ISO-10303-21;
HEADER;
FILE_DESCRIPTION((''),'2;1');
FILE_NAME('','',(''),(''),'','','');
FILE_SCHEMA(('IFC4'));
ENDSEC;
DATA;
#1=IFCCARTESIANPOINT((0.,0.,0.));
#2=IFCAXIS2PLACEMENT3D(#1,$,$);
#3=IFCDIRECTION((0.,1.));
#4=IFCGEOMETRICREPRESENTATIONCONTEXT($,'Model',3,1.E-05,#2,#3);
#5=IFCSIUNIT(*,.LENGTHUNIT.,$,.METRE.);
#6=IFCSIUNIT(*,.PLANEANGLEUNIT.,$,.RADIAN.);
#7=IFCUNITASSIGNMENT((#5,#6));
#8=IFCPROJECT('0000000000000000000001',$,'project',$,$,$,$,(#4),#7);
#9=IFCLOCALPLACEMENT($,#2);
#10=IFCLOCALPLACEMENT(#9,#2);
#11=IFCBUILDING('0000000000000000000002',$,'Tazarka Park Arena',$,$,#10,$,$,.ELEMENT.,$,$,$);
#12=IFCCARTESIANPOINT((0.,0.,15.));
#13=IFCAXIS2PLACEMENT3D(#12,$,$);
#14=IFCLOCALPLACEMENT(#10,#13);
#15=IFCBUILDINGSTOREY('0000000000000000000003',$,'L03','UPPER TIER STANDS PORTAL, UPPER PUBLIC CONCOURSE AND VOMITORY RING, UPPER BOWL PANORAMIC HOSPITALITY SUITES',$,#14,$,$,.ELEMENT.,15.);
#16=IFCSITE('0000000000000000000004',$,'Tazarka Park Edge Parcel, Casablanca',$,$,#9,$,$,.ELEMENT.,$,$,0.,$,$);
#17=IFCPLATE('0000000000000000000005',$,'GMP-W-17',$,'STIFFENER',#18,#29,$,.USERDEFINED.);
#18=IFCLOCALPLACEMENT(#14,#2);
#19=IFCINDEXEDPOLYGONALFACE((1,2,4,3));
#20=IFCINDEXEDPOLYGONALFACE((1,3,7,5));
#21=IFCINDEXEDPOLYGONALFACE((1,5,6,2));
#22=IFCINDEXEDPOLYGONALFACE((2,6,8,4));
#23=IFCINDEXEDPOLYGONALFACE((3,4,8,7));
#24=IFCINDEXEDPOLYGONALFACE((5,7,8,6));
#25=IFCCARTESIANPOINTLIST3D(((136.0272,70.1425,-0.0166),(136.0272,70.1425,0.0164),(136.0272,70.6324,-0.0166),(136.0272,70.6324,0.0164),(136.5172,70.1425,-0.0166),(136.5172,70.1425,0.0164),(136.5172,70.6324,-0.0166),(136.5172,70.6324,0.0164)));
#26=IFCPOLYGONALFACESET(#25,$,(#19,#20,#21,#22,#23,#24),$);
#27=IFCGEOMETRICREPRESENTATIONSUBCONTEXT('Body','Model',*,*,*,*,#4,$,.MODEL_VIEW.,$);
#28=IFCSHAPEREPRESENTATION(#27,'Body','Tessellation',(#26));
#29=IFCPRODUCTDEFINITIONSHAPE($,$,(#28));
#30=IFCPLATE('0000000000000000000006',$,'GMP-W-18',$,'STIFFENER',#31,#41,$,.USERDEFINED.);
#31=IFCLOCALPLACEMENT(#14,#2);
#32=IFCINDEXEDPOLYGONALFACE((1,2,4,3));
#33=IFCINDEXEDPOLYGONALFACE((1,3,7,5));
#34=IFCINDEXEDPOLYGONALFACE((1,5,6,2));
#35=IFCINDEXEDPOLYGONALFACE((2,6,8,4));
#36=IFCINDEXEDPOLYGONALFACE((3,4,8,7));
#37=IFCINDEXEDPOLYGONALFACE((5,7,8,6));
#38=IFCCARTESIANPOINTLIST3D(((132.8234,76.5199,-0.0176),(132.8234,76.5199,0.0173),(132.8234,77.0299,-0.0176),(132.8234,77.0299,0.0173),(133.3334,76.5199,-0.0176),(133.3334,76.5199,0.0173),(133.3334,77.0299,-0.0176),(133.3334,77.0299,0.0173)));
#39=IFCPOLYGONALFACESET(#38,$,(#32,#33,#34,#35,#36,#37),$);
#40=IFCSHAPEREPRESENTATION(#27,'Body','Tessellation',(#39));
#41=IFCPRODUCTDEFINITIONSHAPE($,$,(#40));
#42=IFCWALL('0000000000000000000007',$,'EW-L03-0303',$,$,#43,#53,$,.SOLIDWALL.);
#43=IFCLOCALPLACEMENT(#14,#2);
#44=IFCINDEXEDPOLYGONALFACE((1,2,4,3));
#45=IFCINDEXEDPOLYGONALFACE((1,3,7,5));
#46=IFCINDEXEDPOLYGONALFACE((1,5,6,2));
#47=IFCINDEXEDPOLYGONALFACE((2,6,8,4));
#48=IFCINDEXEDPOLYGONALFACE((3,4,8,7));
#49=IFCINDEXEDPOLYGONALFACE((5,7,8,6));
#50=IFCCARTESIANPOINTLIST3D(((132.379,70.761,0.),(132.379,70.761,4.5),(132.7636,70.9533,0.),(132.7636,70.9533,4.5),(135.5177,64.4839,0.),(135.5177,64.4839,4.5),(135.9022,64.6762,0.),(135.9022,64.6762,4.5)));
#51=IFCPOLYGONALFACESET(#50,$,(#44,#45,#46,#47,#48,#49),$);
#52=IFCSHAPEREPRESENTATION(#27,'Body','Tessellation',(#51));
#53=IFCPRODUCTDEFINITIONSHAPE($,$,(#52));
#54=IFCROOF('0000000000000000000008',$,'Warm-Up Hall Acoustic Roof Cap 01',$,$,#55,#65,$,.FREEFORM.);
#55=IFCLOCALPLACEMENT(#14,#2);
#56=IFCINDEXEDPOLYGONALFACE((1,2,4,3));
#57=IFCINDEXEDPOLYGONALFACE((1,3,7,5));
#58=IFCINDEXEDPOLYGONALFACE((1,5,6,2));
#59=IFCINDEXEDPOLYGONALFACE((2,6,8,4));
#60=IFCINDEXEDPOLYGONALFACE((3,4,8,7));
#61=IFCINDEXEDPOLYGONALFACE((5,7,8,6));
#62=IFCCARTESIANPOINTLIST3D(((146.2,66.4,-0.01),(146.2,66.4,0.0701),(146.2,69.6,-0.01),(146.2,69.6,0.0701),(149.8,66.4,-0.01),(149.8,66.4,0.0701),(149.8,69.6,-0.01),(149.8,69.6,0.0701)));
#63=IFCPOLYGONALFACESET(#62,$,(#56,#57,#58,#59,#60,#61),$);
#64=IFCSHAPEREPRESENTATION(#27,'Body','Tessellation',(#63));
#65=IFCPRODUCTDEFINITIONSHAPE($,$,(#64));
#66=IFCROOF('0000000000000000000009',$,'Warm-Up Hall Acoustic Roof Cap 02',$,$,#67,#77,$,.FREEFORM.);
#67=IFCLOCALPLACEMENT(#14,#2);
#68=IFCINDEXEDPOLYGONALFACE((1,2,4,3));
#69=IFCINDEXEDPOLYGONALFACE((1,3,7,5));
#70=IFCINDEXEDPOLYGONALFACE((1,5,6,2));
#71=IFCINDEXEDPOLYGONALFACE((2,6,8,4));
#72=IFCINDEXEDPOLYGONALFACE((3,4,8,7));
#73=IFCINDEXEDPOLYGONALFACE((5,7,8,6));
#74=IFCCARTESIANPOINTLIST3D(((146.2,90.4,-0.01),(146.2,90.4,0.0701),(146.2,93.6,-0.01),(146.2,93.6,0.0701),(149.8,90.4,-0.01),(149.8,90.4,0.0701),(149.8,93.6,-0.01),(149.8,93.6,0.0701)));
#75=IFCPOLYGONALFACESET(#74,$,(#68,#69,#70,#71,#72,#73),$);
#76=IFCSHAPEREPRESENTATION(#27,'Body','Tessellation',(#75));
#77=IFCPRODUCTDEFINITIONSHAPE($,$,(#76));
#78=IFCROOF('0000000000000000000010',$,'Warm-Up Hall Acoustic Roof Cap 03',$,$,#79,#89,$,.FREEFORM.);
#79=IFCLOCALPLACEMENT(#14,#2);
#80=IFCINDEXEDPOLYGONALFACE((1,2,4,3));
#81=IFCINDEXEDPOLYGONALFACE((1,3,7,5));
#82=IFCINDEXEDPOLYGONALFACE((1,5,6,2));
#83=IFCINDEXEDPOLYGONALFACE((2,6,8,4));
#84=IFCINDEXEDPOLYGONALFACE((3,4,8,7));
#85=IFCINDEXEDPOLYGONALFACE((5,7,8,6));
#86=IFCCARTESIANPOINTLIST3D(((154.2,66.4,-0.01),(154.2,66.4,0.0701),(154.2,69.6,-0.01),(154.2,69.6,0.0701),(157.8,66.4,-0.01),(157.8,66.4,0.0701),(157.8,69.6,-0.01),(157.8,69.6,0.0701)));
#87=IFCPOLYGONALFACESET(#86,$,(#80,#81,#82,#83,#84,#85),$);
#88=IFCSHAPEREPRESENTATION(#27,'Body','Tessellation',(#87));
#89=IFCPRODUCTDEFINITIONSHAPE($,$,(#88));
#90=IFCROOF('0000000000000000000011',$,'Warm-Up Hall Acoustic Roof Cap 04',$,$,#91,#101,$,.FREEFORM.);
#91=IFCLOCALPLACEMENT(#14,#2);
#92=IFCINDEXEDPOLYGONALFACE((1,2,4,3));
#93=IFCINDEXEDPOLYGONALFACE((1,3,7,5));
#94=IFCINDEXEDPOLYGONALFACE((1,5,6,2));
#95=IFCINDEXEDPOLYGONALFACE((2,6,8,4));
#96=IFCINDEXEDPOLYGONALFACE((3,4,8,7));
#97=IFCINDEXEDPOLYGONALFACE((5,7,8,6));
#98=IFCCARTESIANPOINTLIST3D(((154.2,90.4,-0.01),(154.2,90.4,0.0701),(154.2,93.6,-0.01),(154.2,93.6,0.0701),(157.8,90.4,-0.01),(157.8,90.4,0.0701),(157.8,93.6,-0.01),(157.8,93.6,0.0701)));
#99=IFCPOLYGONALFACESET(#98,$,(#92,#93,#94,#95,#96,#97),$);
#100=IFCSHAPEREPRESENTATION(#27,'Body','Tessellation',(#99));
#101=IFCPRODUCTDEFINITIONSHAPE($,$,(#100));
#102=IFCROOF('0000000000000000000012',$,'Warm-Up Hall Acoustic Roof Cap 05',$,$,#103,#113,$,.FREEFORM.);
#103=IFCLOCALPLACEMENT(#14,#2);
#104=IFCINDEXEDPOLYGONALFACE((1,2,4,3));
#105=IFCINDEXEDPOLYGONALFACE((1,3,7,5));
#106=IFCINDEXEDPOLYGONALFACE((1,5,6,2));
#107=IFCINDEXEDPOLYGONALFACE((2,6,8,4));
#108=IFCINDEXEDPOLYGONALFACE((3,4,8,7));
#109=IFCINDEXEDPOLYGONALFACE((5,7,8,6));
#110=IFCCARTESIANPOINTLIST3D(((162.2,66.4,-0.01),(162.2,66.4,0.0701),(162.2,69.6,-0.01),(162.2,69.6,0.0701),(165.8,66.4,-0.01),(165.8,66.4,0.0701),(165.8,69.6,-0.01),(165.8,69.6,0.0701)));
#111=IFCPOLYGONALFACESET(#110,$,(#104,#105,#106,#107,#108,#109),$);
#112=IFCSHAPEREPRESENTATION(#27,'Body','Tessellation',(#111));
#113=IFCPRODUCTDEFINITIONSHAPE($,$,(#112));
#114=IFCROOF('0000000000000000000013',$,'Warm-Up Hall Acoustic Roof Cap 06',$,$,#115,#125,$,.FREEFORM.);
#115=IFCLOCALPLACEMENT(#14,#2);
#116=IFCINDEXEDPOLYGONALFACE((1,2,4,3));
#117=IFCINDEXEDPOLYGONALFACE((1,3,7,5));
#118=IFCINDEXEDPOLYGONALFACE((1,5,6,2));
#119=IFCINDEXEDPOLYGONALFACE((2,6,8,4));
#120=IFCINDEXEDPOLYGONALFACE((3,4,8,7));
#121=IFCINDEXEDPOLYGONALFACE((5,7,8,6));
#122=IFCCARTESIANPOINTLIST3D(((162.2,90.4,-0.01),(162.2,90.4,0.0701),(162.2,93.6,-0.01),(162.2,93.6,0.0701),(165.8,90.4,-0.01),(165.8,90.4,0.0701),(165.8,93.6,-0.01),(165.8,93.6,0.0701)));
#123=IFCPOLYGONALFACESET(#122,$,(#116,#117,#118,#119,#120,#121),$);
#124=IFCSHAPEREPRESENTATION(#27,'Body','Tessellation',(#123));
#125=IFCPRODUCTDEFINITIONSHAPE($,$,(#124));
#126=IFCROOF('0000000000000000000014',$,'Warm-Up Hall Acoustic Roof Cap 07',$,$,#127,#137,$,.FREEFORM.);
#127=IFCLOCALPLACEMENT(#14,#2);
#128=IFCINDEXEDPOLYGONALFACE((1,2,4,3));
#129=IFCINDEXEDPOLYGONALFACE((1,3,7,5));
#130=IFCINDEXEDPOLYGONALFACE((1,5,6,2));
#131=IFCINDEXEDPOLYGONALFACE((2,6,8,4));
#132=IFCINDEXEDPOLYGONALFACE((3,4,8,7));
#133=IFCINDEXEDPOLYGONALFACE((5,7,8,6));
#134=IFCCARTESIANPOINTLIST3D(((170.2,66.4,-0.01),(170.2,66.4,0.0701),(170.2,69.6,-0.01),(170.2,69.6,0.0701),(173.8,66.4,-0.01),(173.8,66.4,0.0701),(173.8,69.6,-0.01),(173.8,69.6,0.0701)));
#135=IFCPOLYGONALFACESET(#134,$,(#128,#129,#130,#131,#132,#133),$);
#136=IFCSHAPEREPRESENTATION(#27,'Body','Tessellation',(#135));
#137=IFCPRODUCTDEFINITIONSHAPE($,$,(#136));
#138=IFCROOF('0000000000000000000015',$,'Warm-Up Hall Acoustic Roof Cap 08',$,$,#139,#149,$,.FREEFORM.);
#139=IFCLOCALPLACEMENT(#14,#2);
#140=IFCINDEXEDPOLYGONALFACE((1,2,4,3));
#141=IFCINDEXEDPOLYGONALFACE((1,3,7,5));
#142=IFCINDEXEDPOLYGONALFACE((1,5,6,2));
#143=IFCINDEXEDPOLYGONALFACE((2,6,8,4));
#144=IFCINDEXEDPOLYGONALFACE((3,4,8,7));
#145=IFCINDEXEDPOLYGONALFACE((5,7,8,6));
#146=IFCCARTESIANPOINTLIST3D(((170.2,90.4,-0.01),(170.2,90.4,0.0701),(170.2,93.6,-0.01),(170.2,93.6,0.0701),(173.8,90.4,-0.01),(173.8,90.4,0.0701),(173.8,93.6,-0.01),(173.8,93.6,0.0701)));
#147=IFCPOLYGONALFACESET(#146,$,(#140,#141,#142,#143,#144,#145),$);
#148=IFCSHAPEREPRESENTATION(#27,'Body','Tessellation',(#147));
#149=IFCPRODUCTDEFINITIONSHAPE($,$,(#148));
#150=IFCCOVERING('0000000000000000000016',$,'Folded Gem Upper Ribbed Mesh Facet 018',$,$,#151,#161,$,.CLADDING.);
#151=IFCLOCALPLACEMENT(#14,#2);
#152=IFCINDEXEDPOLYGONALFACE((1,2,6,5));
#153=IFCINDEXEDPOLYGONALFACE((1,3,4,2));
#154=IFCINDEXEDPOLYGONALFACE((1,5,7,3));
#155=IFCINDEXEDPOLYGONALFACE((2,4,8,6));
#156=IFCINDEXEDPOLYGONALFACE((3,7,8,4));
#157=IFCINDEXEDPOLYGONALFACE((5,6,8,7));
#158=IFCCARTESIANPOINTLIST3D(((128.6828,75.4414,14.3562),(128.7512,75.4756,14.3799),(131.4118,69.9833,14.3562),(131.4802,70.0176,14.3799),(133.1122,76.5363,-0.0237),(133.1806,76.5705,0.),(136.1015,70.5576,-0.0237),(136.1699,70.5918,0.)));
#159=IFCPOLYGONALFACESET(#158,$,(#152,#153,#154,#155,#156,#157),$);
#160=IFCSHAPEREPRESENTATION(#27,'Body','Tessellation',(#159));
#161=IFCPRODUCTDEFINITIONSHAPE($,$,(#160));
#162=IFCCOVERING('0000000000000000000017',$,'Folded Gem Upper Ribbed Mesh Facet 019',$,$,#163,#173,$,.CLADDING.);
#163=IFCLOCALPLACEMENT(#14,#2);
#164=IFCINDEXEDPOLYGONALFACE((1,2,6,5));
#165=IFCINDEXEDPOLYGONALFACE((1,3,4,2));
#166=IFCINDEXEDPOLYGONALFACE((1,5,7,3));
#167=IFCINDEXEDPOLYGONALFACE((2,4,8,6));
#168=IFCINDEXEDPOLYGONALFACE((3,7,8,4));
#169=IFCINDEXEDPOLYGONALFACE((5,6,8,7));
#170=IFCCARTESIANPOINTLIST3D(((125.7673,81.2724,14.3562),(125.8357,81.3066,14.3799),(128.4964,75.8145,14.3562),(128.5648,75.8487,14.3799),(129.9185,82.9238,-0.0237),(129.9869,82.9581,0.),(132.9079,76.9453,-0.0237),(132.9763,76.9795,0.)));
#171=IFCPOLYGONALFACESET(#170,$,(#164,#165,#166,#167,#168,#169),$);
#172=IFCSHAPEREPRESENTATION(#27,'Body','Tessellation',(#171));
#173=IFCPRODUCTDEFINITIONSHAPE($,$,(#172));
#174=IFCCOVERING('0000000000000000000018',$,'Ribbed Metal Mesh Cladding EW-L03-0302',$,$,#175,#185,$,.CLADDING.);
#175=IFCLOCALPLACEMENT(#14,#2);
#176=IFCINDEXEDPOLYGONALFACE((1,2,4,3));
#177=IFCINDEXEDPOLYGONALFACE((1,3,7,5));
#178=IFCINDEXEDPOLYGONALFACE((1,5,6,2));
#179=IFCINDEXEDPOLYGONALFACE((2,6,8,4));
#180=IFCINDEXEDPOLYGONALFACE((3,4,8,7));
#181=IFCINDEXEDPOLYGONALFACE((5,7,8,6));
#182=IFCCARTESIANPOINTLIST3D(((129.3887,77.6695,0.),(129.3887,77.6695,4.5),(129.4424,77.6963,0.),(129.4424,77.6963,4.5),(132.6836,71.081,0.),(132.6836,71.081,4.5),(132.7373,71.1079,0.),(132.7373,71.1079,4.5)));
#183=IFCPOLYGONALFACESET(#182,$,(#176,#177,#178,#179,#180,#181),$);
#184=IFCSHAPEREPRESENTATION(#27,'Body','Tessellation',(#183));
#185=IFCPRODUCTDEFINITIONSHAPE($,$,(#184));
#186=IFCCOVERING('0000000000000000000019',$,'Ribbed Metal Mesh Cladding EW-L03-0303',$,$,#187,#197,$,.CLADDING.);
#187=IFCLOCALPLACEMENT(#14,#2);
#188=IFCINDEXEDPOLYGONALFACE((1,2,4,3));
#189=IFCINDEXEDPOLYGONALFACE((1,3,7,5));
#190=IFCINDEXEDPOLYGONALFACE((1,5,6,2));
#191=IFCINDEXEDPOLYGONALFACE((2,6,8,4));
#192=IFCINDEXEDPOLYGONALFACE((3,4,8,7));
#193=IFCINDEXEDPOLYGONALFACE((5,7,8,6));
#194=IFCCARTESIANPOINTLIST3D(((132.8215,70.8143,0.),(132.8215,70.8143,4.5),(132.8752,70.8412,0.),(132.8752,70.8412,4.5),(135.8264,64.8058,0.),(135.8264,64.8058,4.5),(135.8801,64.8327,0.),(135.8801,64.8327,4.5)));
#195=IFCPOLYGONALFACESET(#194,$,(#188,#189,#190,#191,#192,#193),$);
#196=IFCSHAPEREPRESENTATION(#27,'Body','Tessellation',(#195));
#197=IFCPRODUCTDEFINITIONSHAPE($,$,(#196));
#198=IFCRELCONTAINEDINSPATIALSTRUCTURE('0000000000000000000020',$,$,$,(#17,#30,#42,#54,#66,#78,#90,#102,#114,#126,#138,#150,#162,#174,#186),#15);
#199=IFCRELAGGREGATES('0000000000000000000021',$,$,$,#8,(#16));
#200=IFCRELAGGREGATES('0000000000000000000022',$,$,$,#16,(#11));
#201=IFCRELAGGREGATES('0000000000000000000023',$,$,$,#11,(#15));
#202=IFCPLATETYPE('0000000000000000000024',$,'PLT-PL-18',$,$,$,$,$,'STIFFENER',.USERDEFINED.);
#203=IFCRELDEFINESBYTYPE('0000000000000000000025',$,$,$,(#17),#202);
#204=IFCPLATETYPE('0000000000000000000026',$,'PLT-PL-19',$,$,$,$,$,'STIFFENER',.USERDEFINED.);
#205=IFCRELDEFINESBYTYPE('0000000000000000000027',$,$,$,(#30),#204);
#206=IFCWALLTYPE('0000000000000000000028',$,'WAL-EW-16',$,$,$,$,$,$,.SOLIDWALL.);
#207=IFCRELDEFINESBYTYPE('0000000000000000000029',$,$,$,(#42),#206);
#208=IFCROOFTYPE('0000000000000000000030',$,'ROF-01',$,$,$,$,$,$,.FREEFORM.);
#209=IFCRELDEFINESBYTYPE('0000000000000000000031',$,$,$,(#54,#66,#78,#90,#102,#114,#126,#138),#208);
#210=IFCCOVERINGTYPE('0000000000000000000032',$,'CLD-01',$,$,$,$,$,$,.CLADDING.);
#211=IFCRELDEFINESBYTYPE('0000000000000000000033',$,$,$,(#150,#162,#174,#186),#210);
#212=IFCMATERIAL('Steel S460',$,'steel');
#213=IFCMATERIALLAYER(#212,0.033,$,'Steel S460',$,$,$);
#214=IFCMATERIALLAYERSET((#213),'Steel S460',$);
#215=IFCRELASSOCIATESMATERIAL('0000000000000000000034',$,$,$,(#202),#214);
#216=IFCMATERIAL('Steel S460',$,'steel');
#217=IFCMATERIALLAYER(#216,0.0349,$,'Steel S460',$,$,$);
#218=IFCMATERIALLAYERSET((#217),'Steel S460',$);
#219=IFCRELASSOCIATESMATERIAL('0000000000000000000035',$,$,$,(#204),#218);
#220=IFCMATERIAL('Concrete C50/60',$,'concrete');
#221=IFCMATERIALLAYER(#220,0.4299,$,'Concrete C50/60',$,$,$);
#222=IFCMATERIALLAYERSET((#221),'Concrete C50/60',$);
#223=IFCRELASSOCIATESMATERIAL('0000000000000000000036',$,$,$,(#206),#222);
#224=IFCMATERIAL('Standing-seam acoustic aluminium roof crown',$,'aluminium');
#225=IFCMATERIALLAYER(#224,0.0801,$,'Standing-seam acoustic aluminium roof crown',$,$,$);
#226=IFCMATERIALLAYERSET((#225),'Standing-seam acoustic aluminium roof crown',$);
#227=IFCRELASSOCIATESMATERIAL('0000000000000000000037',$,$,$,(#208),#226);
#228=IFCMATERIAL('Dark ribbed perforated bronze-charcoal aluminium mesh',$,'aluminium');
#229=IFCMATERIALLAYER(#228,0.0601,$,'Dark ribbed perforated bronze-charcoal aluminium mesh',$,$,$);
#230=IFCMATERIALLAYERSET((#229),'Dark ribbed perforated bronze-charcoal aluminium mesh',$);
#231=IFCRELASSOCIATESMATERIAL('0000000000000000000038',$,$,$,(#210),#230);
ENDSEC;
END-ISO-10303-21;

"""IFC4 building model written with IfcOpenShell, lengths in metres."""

from ifc_helpers import new_model, si_unit, direction, frame, frame_2d, origin, origin_2d, place, context, subcontext, project, spatial, polyline, rectangle, outline, extrude, material, layer, layer_set, type_object, element, save


model = new_model("IFC4")

# Units and contexts
model_context = context("Model", 3, precision=1e-05, world=origin(), true_north=direction((0.0, 1.0)))
body_context = subcontext(model_context, "Body", "Model", "MODEL_VIEW")
ifc_project = project(units=[si_unit("LENGTHUNIT", "METRE"), si_unit("PLANEANGLEUNIT", "RADIAN")], contexts=[model_context])

# Site, building, storey
site_placement = place(None, origin())
site = spatial("IfcSite", under=ifc_project, at=site_placement, Name="Tazarka Park Edge Parcel, Casablanca", CompositionType="ELEMENT", RefElevation=0.0)
building_placement = place(site_placement, origin())
building = spatial("IfcBuilding", under=site, at=building_placement, Name="Tazarka Park Arena", CompositionType="ELEMENT")
storey_placement = place(building_placement, frame((0.0, 0.0, 15.0)))
storey = spatial("IfcBuildingStorey", under=building, at=storey_placement, Name="L03", Description="UPPER TIER STANDS PORTAL, UPPER PUBLIC CONCOURSE AND VOMITORY RING, UPPER BOWL PANORAMIC HOSPITALITY SUITES", CompositionType="ELEMENT", Elevation=15.0)

# Plates
ifc_material_1 = material(Name="Steel S460", Category="steel")
ifc_layer_1 = layer(ifc_material_1, 0.033, Name="Steel S460")
ifc_layer_set_1 = layer_set([ifc_layer_1], Name="Steel S460")
plate_type_1 = type_object("IfcPlateType", Name="PLT-PL-18", ElementType="STIFFENER", PredefinedType="USERDEFINED", material=ifc_layer_set_1)
plate_1_placement = place(storey_placement, frame((136.2722, 70.3875, -0.0166), z_axis=(0.0, 0.0, 1.0), x_axis=(1.0, 0.0, 0.0)))
element("IfcPlate", 1, at=plate_1_placement, inside=storey, type_object=plate_type_1, Name="GMP-W-17", ObjectType="STIFFENER", PredefinedType="USERDEFINED", context=body_context, shape_type="SweptSolid", body=[
    extrude(rectangle(XDim=0.49, YDim=0.49, at=origin_2d()), origin(), (0.0, 0.0, 1.0), 0.033),
])
ifc_material_2 = material(Name="Steel S460", Category="steel")
ifc_layer_2 = layer(ifc_material_2, 0.0349, Name="Steel S460")
ifc_layer_set_2 = layer_set([ifc_layer_2], Name="Steel S460")
plate_type_2 = type_object("IfcPlateType", Name="PLT-PL-19", ElementType="STIFFENER", PredefinedType="USERDEFINED", material=ifc_layer_set_2)
plate_2_placement = place(storey_placement, frame((133.0784, 76.7749, -0.0176), z_axis=(0.0, 0.0, 1.0), x_axis=(1.0, 0.0, 0.0)))
element("IfcPlate", 2, at=plate_2_placement, inside=storey, type_object=plate_type_2, Name="GMP-W-18", ObjectType="STIFFENER", PredefinedType="USERDEFINED", context=body_context, shape_type="SweptSolid", body=[
    extrude(rectangle(XDim=0.51, YDim=0.51, at=origin_2d()), origin(), (0.0, 0.0, 1.0), 0.0349),
])

# Wall
ifc_material_3 = material(Name="Concrete C50/60", Category="concrete")
ifc_layer_3 = layer(ifc_material_3, 0.4299, Name="Concrete C50/60")
ifc_layer_set_3 = layer_set([ifc_layer_3], Name="Concrete C50/60")
wall_type = type_object("IfcWallType", Name="WAL-EW-16", PredefinedType="SOLIDWALL", material=ifc_layer_set_3)
wall_placement = place(storey_placement, frame((132.5713, 70.8572, 0.0), z_axis=(0.0, 0.0, 1.0), x_axis=(0.447228, -0.89442, 0.0)))
element("IfcWall", 3, at=wall_placement, inside=storey, type_object=wall_type, Name="EW-L03-0303", PredefinedType="SOLIDWALL", context=body_context, shape_type="SweptSolid", body=[
    extrude(rectangle(XDim=7.0181, YDim=0.4299, at=frame_2d((3.509, 0.0))), origin(), (0.0, 0.0, 1.0), 4.5),
])

# Roofs
ifc_material_4 = material(Name="Standing-seam acoustic aluminium roof crown", Category="aluminium")
ifc_layer_4 = layer(ifc_material_4, 0.0801, Name="Standing-seam acoustic aluminium roof crown")
ifc_layer_set_4 = layer_set([ifc_layer_4], Name="Standing-seam acoustic aluminium roof crown")
roof_type = type_object("IfcRoofType", Name="ROF-01", PredefinedType="FREEFORM", material=ifc_layer_set_4)
for number, where, z_axis, x_axis, name in (
    (4, (148.0, 68.0, -0.01), (0.0, 0.0, 1.0), (1.0, 0.0, 0.0), "Warm-Up Hall Acoustic Roof Cap 01"),
    (5, (148.0, 92.0, -0.01), (0.0, 0.0, 1.0), (1.0, 0.0, 0.0), "Warm-Up Hall Acoustic Roof Cap 02"),
    (6, (156.0, 68.0, -0.01), (0.0, 0.0, 1.0), (1.0, 0.0, 0.0), "Warm-Up Hall Acoustic Roof Cap 03"),
    (7, (156.0, 92.0, -0.01), (0.0, 0.0, 1.0), (1.0, 0.0, 0.0), "Warm-Up Hall Acoustic Roof Cap 04"),
    (8, (164.0, 68.0, -0.01), (0.0, 0.0, 1.0), (1.0, 0.0, 0.0), "Warm-Up Hall Acoustic Roof Cap 05"),
    (9, (164.0, 92.0, -0.01), (0.0, 0.0, 1.0), (1.0, 0.0, 0.0), "Warm-Up Hall Acoustic Roof Cap 06"),
    (10, (172.0, 68.0, -0.01), (0.0, 0.0, 1.0), (1.0, 0.0, 0.0), "Warm-Up Hall Acoustic Roof Cap 07"),
    (11, (172.0, 92.0, -0.01), (0.0, 0.0, 1.0), (1.0, 0.0, 0.0), "Warm-Up Hall Acoustic Roof Cap 08"),
):
    element("IfcRoof", number, at=place(storey_placement, frame(where, z_axis=z_axis, x_axis=x_axis)), inside=storey, type_object=roof_type, Name=name, PredefinedType="FREEFORM", context=body_context, shape_type="SweptSolid", body=[
        extrude(rectangle(XDim=3.6001, YDim=3.2, at=origin_2d()), origin(), (0.0, 0.0, 1.0), 0.0801),
    ])

# Coverings
ifc_material_5 = material(Name="Dark ribbed perforated bronze-charcoal aluminium mesh", Category="aluminium")
ifc_layer_5 = layer(ifc_material_5, 0.0601, Name="Dark ribbed perforated bronze-charcoal aluminium mesh")
ifc_layer_set_5 = layer_set([ifc_layer_5], Name="Dark ribbed perforated bronze-charcoal aluminium mesh")
covering_type_1 = type_object("IfcCoveringType", Name="CLD-01", PredefinedType="CLADDING", material=ifc_layer_set_5)
covering_1_placement = place(storey_placement, frame((136.1699, 70.5918, 0.0), z_axis=(0.854428, 0.427205, 0.295717), x_axis=(-0.447205, 0.894431, -0.000002)))
element("IfcCovering", 12, at=covering_1_placement, inside=storey, type_object=covering_type_1, Name="Folded Gem Upper Ribbed Mesh Facet 018", PredefinedType="CLADDING", context=body_context, shape_type="SweptSolid", body=[
    extrude(outline(polyline([(0.0, 0.0), (6.6844, 0.0), (7.6859, 15.0531), (1.5836, 15.0531), (0.0, 0.0)])), origin(), (0.0, 0.0, -1.0), 0.0801),
])
covering_2_placement = place(storey_placement, frame((132.9763, 76.9795, 0.0), z_axis=(0.854417, 0.427227, 0.295718), x_axis=(-0.44723, 0.894419, 0.000004)))
element("IfcCovering", 13, at=covering_2_placement, inside=storey, type_object=covering_type_1, Name="Folded Gem Upper Ribbed Mesh Facet 019", PredefinedType="CLADDING", context=body_context, shape_type="SweptSolid", body=[
    extrude(outline(polyline([(0.0, 0.0), (6.6843, 0.0), (7.0638, 15.0531), (0.9616, 15.0532), (0.0, 0.0)])), origin(), (0.0, 0.0, -1.0), 0.0801),
])
covering_3_placement = place(storey_placement, frame((131.063, 74.3887, 0.0), z_axis=(0.0, 0.0, 1.0), x_axis=(0.447291, -0.894389, 0.0)))
element("IfcCovering", 14, at=covering_3_placement, inside=storey, type_object=covering_type_1, Name="Ribbed Metal Mesh Cladding EW-L03-0302", PredefinedType="CLADDING", context=body_context, shape_type="SweptSolid", body=[
    extrude(rectangle(XDim=7.3665, YDim=0.0601, at=origin_2d()), origin(), (0.0, 0.0, 1.0), 4.5),
])
covering_4_placement = place(storey_placement, frame((134.3508, 67.8235, 0.0), z_axis=(0.0, 0.0, 1.0), x_axis=(0.447291, -0.894389, 0.0)))
element("IfcCovering", 15, at=covering_4_placement, inside=storey, type_object=covering_type_1, Name="Ribbed Metal Mesh Cladding EW-L03-0303", PredefinedType="CLADDING", context=body_context, shape_type="SweptSolid", body=[
    extrude(rectangle(XDim=6.718, YDim=0.0601, at=origin_2d()), origin(), (0.0, 0.0, 1.0), 4.5),
])

save(model, "model.ifc")
